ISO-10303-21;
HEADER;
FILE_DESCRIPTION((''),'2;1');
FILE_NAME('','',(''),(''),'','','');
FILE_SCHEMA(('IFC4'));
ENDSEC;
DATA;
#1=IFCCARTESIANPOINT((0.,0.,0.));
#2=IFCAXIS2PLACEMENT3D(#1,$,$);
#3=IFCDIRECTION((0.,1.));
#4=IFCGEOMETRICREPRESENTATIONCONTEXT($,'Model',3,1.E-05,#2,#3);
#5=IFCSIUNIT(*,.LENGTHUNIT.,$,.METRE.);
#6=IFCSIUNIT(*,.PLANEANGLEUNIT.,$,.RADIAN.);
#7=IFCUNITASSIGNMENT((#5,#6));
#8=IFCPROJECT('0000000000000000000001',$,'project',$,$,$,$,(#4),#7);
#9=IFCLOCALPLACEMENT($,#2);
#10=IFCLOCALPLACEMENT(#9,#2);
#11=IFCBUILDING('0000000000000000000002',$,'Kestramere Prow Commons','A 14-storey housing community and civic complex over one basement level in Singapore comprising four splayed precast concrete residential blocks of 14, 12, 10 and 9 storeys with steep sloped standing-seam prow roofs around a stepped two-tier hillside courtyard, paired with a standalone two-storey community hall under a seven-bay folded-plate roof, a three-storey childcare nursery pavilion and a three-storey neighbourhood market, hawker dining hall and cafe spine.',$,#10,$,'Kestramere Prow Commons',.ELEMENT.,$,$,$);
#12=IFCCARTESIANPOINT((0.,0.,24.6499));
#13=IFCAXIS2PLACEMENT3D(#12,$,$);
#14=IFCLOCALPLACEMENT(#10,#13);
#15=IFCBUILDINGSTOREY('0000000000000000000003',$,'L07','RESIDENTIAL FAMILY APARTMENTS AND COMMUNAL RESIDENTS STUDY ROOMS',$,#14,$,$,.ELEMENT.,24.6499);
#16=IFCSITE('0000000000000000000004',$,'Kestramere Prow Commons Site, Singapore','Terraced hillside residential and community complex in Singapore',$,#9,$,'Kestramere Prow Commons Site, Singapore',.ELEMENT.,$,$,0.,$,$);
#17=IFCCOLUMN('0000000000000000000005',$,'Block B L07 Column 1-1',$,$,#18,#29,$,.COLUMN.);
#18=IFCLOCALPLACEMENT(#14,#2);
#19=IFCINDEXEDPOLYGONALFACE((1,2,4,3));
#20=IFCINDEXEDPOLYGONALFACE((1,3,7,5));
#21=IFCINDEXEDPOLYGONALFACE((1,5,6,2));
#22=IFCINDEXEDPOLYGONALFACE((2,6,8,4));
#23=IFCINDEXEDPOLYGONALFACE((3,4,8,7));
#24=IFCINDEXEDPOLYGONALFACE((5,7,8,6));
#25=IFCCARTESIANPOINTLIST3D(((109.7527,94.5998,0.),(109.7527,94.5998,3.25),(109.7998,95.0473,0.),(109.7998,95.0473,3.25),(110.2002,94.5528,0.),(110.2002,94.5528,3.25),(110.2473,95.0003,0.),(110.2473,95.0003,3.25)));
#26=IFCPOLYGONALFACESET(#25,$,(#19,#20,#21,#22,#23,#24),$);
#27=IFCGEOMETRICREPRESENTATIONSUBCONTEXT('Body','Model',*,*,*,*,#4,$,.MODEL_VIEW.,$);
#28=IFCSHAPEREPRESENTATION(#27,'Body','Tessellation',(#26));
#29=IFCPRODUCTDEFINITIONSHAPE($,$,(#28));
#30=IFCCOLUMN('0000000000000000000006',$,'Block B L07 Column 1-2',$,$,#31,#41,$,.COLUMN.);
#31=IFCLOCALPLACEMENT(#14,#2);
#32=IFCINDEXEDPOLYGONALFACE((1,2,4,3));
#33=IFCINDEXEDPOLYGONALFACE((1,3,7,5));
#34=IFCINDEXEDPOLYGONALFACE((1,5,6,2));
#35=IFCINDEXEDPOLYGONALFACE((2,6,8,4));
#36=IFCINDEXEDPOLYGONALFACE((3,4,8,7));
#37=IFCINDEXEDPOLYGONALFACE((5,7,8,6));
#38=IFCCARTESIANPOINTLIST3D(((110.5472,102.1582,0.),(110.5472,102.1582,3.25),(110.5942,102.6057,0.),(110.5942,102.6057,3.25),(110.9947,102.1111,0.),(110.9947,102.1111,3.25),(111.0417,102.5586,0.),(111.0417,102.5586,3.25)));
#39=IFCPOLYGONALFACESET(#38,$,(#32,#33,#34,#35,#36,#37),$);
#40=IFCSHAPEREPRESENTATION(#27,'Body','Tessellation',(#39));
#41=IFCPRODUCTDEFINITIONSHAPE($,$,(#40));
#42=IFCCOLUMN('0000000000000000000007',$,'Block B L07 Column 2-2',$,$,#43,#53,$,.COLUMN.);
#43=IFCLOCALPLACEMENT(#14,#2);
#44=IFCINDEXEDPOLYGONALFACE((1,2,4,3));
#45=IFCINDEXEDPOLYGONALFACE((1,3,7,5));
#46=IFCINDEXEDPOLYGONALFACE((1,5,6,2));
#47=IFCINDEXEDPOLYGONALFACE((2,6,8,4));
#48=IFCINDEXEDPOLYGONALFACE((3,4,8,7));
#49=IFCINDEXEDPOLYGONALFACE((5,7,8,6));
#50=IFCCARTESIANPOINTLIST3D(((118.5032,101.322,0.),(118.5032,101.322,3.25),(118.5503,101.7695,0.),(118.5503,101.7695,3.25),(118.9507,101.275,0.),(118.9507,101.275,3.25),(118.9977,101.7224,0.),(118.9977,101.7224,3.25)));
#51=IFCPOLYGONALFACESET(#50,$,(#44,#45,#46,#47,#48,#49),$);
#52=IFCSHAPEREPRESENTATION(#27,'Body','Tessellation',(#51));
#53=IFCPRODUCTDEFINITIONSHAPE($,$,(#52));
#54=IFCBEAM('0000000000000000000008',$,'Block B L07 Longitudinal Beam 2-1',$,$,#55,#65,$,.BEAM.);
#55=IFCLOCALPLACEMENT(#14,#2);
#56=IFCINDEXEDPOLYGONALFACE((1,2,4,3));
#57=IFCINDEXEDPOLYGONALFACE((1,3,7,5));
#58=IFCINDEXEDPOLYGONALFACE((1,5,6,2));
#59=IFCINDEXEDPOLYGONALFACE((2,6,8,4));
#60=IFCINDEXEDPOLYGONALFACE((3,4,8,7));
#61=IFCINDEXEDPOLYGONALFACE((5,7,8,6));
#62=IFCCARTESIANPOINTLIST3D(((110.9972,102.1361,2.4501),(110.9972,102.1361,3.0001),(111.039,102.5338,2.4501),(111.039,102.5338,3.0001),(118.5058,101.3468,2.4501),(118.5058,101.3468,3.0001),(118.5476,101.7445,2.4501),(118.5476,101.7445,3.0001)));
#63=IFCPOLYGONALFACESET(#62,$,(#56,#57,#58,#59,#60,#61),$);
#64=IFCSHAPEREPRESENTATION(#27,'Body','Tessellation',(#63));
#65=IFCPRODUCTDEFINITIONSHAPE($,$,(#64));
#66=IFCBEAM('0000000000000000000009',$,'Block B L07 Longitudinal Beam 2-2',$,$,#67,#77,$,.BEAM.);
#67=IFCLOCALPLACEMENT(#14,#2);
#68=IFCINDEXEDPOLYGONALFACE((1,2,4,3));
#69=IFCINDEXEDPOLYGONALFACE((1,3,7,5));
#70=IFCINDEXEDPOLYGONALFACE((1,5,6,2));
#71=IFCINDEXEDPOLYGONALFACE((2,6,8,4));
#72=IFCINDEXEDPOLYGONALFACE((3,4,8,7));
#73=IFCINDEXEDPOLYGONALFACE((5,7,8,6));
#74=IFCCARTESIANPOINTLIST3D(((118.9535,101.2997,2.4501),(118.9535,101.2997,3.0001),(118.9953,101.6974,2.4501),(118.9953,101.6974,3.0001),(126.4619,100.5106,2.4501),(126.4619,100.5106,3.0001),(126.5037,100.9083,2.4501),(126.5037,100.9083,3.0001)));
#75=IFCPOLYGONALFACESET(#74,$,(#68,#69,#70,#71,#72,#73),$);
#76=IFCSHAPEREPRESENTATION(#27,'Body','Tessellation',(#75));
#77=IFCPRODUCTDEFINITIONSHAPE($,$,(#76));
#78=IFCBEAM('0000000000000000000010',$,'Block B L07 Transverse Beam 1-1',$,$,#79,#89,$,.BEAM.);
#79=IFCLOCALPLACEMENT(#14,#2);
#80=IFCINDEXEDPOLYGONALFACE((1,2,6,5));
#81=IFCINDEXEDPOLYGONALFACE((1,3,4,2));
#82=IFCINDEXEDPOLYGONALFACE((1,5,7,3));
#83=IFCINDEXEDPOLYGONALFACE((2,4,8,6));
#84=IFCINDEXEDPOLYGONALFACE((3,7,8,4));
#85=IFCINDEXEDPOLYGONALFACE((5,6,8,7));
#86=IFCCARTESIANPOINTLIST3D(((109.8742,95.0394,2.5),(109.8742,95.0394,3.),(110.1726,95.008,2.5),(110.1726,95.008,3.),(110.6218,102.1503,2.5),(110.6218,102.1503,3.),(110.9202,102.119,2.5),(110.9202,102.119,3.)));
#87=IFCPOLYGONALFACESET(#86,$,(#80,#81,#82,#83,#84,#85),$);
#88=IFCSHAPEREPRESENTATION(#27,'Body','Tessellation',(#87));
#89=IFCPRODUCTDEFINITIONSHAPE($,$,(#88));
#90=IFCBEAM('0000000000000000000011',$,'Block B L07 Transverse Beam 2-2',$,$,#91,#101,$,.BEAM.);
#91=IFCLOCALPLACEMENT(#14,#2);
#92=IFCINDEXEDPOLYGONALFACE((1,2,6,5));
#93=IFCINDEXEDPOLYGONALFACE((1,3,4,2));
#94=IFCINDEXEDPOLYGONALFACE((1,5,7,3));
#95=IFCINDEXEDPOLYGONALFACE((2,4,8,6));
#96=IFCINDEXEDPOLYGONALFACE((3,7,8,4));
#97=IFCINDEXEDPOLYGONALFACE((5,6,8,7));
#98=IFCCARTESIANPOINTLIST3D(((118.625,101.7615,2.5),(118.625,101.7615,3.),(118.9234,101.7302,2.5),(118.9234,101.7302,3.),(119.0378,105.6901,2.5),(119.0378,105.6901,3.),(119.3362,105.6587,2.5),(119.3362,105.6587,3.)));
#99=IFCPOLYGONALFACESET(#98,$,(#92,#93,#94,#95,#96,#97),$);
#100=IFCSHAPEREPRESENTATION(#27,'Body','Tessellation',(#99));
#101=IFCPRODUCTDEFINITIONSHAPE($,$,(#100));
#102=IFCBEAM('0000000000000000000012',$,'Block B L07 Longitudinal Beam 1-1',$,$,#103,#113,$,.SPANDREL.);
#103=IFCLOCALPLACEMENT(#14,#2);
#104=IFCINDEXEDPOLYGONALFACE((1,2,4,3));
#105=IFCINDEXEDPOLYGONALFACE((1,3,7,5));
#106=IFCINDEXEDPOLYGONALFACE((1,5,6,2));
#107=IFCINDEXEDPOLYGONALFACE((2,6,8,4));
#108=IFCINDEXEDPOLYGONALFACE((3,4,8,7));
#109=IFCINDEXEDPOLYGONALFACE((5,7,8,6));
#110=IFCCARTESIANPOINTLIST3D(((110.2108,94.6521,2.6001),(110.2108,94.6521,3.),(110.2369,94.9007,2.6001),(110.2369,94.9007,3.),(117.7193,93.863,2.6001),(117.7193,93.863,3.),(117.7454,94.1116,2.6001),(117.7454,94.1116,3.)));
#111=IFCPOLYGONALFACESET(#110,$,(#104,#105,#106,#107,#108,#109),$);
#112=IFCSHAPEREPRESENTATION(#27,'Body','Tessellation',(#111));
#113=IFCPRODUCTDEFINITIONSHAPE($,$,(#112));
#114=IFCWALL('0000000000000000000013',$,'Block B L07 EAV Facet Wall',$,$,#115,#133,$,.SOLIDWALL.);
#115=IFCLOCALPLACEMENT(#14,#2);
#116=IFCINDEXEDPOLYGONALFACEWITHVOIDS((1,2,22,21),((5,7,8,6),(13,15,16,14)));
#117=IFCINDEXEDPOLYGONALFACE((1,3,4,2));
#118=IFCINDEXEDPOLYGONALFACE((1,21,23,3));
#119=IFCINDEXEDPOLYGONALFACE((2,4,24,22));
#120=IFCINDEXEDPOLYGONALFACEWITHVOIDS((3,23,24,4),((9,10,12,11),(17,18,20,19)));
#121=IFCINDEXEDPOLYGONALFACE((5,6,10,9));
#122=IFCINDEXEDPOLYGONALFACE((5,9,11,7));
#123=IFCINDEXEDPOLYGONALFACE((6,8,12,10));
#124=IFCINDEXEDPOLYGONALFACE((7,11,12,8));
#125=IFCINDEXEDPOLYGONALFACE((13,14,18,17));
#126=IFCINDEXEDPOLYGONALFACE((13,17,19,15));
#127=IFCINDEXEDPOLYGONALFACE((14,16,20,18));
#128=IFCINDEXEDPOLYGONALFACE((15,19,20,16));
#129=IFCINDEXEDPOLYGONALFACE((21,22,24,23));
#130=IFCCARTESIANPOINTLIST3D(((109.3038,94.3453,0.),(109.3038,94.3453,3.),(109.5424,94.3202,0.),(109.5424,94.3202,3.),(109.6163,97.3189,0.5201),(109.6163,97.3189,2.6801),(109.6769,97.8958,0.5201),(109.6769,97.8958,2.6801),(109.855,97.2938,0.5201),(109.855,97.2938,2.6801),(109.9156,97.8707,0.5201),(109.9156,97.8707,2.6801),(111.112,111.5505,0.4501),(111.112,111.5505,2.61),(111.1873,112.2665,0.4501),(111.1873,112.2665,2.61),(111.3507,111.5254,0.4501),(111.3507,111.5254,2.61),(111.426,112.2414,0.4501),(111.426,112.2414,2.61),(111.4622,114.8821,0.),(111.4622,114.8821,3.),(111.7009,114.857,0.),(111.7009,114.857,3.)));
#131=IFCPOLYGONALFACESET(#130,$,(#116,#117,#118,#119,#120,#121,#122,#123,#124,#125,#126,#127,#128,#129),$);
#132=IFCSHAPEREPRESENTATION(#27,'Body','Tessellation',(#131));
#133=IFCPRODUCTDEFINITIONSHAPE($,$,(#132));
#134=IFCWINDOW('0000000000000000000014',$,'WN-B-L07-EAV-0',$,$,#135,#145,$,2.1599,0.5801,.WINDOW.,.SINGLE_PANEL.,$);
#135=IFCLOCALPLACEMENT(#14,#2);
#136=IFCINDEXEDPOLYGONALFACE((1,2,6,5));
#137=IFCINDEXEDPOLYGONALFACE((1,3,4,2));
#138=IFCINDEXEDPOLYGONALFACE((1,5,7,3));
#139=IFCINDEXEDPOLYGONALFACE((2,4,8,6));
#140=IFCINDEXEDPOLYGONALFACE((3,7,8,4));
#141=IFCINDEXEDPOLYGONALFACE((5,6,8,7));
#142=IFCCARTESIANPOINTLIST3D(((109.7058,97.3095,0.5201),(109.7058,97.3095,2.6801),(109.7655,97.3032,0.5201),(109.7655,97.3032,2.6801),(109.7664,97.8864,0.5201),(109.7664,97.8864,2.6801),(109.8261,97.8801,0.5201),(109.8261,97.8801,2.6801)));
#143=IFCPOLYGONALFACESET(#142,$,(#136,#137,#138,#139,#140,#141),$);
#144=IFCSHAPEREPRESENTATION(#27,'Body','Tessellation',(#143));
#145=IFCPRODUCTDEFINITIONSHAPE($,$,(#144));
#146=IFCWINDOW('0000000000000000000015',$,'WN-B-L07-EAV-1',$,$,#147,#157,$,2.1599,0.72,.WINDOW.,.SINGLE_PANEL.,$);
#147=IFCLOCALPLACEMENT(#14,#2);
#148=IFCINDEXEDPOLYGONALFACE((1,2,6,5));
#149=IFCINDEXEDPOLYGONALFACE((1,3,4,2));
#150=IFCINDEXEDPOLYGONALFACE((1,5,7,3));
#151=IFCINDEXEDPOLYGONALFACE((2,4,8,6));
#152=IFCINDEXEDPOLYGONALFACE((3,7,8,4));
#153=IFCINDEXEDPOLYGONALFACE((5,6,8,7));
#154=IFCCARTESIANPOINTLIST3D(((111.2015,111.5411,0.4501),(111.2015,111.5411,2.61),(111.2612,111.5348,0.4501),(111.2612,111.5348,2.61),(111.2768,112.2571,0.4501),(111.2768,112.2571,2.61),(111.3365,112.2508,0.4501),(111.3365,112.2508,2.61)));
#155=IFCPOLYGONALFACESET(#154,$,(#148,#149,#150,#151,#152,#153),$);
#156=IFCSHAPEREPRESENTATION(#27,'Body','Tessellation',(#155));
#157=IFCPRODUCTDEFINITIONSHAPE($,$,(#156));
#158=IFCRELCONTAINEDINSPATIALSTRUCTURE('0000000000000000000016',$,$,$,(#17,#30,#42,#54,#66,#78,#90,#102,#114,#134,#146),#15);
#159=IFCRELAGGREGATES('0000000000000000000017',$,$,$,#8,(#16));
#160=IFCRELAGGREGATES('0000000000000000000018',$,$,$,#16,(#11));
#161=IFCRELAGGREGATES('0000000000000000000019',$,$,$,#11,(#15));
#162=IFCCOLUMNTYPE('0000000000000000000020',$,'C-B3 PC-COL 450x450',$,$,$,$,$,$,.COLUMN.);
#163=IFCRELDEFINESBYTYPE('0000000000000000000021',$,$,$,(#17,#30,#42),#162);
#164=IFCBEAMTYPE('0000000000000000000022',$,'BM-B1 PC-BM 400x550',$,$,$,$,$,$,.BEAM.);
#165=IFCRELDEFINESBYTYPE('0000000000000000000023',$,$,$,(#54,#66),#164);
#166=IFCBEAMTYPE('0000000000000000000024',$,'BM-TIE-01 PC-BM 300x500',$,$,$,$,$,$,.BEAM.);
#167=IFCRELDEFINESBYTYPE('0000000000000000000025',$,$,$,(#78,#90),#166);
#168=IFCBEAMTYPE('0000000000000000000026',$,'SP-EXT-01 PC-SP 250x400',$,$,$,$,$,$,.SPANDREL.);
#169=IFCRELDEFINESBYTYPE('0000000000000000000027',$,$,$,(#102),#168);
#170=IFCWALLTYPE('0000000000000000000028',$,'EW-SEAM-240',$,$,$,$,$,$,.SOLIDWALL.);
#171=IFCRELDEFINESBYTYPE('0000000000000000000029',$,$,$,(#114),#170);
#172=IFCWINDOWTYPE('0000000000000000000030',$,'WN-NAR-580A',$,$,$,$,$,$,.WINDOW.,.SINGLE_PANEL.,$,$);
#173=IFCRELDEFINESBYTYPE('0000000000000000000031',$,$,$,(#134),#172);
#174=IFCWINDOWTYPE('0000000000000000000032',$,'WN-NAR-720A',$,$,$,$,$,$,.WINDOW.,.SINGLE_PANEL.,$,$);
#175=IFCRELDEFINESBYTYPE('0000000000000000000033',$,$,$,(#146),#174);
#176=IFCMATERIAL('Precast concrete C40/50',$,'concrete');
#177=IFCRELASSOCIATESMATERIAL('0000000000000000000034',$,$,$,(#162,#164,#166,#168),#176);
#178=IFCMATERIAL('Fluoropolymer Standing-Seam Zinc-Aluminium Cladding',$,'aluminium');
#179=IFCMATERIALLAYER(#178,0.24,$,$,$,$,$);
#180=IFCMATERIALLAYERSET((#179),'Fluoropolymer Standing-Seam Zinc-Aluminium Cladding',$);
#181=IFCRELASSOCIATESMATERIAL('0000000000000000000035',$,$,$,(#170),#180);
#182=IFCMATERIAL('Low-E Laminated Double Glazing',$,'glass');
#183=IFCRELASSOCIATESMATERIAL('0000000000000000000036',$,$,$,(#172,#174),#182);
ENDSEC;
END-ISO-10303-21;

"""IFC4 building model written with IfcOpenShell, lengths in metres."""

from ifc_helpers import new_model, si_unit, direction, frame, frame_2d, origin, origin_2d, place, context, subcontext, project, spatial, rectangle, extrude, material, layer, layer_set, material_profile, profile_set, type_object, element, fill, save


model = new_model("IFC4")

# Units and contexts
model_context = context("Model", 3, precision=1e-05, world=origin(), true_north=direction((0.0, 1.0)))
body_context = subcontext(model_context, "Body", "Model", "MODEL_VIEW")
ifc_project = project(units=[si_unit("LENGTHUNIT", "METRE"), si_unit("PLANEANGLEUNIT", "RADIAN")], contexts=[model_context])

# Site, building, storey
site_placement = place(None, origin())
site = spatial("IfcSite", under=ifc_project, at=site_placement, Name="Kestramere Prow Commons Site, Singapore", Description="Terraced hillside residential and community complex in Singapore", LongName="Kestramere Prow Commons Site, Singapore", CompositionType="ELEMENT", RefElevation=0.0)
building_placement = place(site_placement, origin())
building = spatial("IfcBuilding", under=site, at=building_placement, Name="Kestramere Prow Commons", Description="A 14-storey housing community and civic complex over one basement level in Singapore comprising four splayed precast concrete residential blocks of 14, 12, 10 and 9 storeys with steep sloped standing-seam prow roofs around a stepped two-tier hillside courtyard, paired with a standalone two-storey community hall under a seven-bay folded-plate roof, a three-storey childcare nursery pavilion and a three-storey neighbourhood market, hawker dining hall and cafe spine.", LongName="Kestramere Prow Commons", CompositionType="ELEMENT")
storey_placement = place(building_placement, frame((0.0, 0.0, 24.6499)))
storey = spatial("IfcBuildingStorey", under=building, at=storey_placement, Name="L07", Description="RESIDENTIAL FAMILY APARTMENTS AND COMMUNAL RESIDENTS STUDY ROOMS", CompositionType="ELEMENT", Elevation=24.6499)

# Columns
ifc_material_1 = material(Name="Precast concrete C40/50", Category="concrete")
ifc_material_profile_1 = material_profile(ifc_material_1, rectangle(XDim=0.45, YDim=0.45, at=origin_2d()), Name="PC-COL 450x450")
ifc_profile_set_1 = profile_set([ifc_material_profile_1], Name="Precast concrete C40/50")
column_type = type_object("IfcColumnType", Name="C-B3 PC-COL 450x450", PredefinedType="COLUMN", material=ifc_profile_set_1)
for number, where, z_axis, x_axis, name in (
    (1, (110.0, 94.8, 0.0), (0.0, 0.0, 1.0), (0.994522, -0.104528, 0.0), "Block B L07 Column 1-1"),
    (2, (110.7944, 102.3584, 0.0), (0.0, 0.0, 1.0), (0.994522, -0.104528, 0.0), "Block B L07 Column 1-2"),
    (3, (118.7505, 101.5222, 0.0), (0.0, 0.0, 1.0), (0.994522, -0.104528, 0.0), "Block B L07 Column 2-2"),
):
    element("IfcColumn", number, at=place(storey_placement, frame(where, z_axis=z_axis, x_axis=x_axis)), inside=storey, type_object=column_type, Name=name, PredefinedType="COLUMN", context=body_context, shape_type="SweptSolid", body=[
        extrude(rectangle(XDim=0.45, YDim=0.45, at=origin_2d()), origin(), (0.0, 0.0, 1.0), 3.25),
    ])

# Beams
ifc_material_profile_2 = material_profile(ifc_material_1, rectangle(XDim=0.3999, YDim=0.55, at=origin_2d()), Name="PC-BM 400x550")
ifc_profile_set_2 = profile_set([ifc_material_profile_2], Name="Precast concrete C40/50")
beam_type_1 = type_object("IfcBeamType", Name="BM-B1 PC-BM 400x550", PredefinedType="BEAM", material=ifc_profile_set_2)
beam_1_placement = place(storey_placement, frame((111.0181, 102.335, 2.7251), z_axis=(0.994521, -0.104542, 0.0), x_axis=(0.104542, 0.994521, 0.0)))
element("IfcBeam", 4, at=beam_1_placement, inside=storey, type_object=beam_type_1, Name="Block B L07 Longitudinal Beam 2-1", PredefinedType="BEAM", context=body_context, shape_type="SweptSolid", body=[
    extrude(rectangle(XDim=0.3999, YDim=0.55, at=origin_2d()), origin(), (0.0, 0.0, 1.0), 7.55),
])
beam_2_placement = place(storey_placement, frame((118.9744, 101.4985, 2.7251), z_axis=(0.994524, -0.104513, 0.0), x_axis=(0.104513, 0.994524, 0.0)))
element("IfcBeam", 5, at=beam_2_placement, inside=storey, type_object=beam_type_1, Name="Block B L07 Longitudinal Beam 2-2", PredefinedType="BEAM", context=body_context, shape_type="SweptSolid", body=[
    extrude(rectangle(XDim=0.3999, YDim=0.55, at=origin_2d()), origin(), (0.0, 0.0, 1.0), 7.5498),
])
ifc_material_profile_3 = material_profile(ifc_material_1, rectangle(XDim=0.3, YDim=0.5, at=origin_2d()), Name="PC-BM 300x500")
ifc_profile_set_3 = profile_set([ifc_material_profile_3], Name="Precast concrete C40/50")
beam_type_2 = type_object("IfcBeamType", Name="BM-TIE-01 PC-BM 300x500", PredefinedType="BEAM", material=ifc_profile_set_3)
beam_3_placement = place(storey_placement, frame((110.0234, 95.0237, 2.75), z_axis=(0.104553, 0.994519, 0.0), x_axis=(-0.994519, 0.104553, 0.0)))
element("IfcBeam", 6, at=beam_3_placement, inside=storey, type_object=beam_type_2, Name="Block B L07 Transverse Beam 1-1", PredefinedType="BEAM", context=body_context, shape_type="SweptSolid", body=[
    extrude(rectangle(XDim=0.3, YDim=0.5, at=origin_2d()), origin(), (0.0, 0.0, 1.0), 7.1501),
])
beam_4_placement = place(storey_placement, frame((118.7742, 101.7458, 2.75), z_axis=(0.104514, 0.994523, 0.0), x_axis=(-0.994523, 0.104514, 0.0)))
element("IfcBeam", 7, at=beam_4_placement, inside=storey, type_object=beam_type_2, Name="Block B L07 Transverse Beam 2-2", PredefinedType="BEAM", context=body_context, shape_type="SweptSolid", body=[
    extrude(rectangle(XDim=0.3, YDim=0.5, at=origin_2d()), origin(), (0.0, 0.0, 1.0), 3.9502),
])
ifc_material_profile_4 = material_profile(ifc_material_1, rectangle(XDim=0.25, YDim=0.3999, at=origin_2d()), Name="PC-SP 250x400")
ifc_profile_set_4 = profile_set([ifc_material_profile_4], Name="Precast concrete C40/50")
beam_type_3 = type_object("IfcBeamType", Name="SP-EXT-01 PC-SP 250x400", PredefinedType="SPANDREL", material=ifc_profile_set_4)
beam_5_placement = place(storey_placement, frame((110.2239, 94.7764, 2.8), z_axis=(0.994524, -0.104513, 0.0), x_axis=(0.104513, 0.994524, 0.0)))
element("IfcBeam", 8, at=beam_5_placement, inside=storey, type_object=beam_type_3, Name="Block B L07 Longitudinal Beam 1-1", PredefinedType="SPANDREL", context=body_context, shape_type="SweptSolid", body=[
    extrude(rectangle(XDim=0.25, YDim=0.3999, at=origin_2d()), origin(), (0.0, 0.0, 1.0), 7.5498),
])

# Wall, openings, windows
ifc_material_2 = material(Name="Fluoropolymer Standing-Seam Zinc-Aluminium Cladding", Category="aluminium")
ifc_layer_1 = layer(ifc_material_2, 0.24)
ifc_layer_set_1 = layer_set([ifc_layer_1], Name="Fluoropolymer Standing-Seam Zinc-Aluminium Cladding")
wall_type_1 = type_object("IfcWallType", Name="EW-SEAM-240", PredefinedType="SOLIDWALL", material=ifc_layer_set_1)
wall_1_placement = place(storey_placement, frame((109.4231, 94.3328, 0.0), z_axis=(0.0, 0.0, 1.0), x_axis=(0.104525, 0.994522, 0.0)))
wall_1 = element("IfcWall", 9, at=wall_1_placement, inside=storey, type_object=wall_type_1, Name="Block B L07 EAV Facet Wall", PredefinedType="SOLIDWALL", context=body_context, shape_type="SweptSolid", body=[
    extrude(rectangle(XDim=20.6499, YDim=0.24, at=frame_2d((10.325, 0.0))), origin(), (0.0, 0.0, 1.0), 3.0),
])
opening_1_placement = place(wall_1_placement, frame((2.99, 0.0, 0.52)))
opening_1 = element("IfcOpeningElement", 10, at=opening_1_placement, cuts=wall_1, PredefinedType="OPENING", context=body_context, shape_type="SweptSolid", body=[
    extrude(rectangle(XDim=0.5801, YDim=2.1599, at=frame_2d((0.29, 1.0801))), frame((0.0, 0.135, 0.0), z_axis=(0.0, -1.0, 0.0), x_axis=(1.0, 0.0, 0.0)), (0.0, 0.0, 1.0), 0.27),
])
opening_2_placement = place(wall_1_placement, frame((17.3, 0.0, 0.45)))
opening_2 = element("IfcOpeningElement", 11, at=opening_2_placement, cuts=wall_1, PredefinedType="OPENING", context=body_context, shape_type="SweptSolid", body=[
    extrude(rectangle(XDim=0.72, YDim=2.1599, at=frame_2d((0.3599, 1.0801))), frame((0.0, 0.135, 0.0), z_axis=(0.0, -1.0, 0.0), x_axis=(1.0, 0.0, 0.0)), (0.0, 0.0, 1.0), 0.27),
])
ifc_material_3 = material(Name="Low-E Laminated Double Glazing", Category="glass")
window_type_1 = type_object("IfcWindowType", Name="WN-NAR-580A", PartitioningType="SINGLE_PANEL", PredefinedType="WINDOW", material=ifc_material_3)
window_1_placement = place(opening_1_placement, origin())
window_1 = element("IfcWindow", 12, at=window_1_placement, inside=storey, type_object=window_type_1, Name="WN-B-L07-EAV-0", OverallHeight=2.1599, OverallWidth=0.5801, PartitioningType="SINGLE_PANEL", PredefinedType="WINDOW", context=body_context, shape_type="SweptSolid", body=[
    extrude(rectangle(XDim=0.5801, YDim=2.1599, at=frame_2d((0.29, 1.0801))), frame((0.0, 0.03, 0.0), z_axis=(0.0, -1.0, 0.0), x_axis=(1.0, 0.0, 0.0)), (0.0, 0.0, 1.0), 0.0601),
])
fill(opening_1, window_1)
window_type_2 = type_object("IfcWindowType", Name="WN-NAR-720A", PartitioningType="SINGLE_PANEL", PredefinedType="WINDOW", material=ifc_material_3)
window_2_placement = place(opening_2_placement, origin())
window_2 = element("IfcWindow", 13, at=window_2_placement, inside=storey, type_object=window_type_2, Name="WN-B-L07-EAV-1", OverallHeight=2.1599, OverallWidth=0.72, PartitioningType="SINGLE_PANEL", PredefinedType="WINDOW", context=body_context, shape_type="SweptSolid", body=[
    extrude(rectangle(XDim=0.72, YDim=2.1599, at=frame_2d((0.3599, 1.0801))), frame((0.0, 0.03, 0.0), z_axis=(0.0, -1.0, 0.0), x_axis=(1.0, 0.0, 0.0)), (0.0, 0.0, 1.0), 0.0601),
])
fill(opening_2, window_2)

save(model, "model.ifc")
